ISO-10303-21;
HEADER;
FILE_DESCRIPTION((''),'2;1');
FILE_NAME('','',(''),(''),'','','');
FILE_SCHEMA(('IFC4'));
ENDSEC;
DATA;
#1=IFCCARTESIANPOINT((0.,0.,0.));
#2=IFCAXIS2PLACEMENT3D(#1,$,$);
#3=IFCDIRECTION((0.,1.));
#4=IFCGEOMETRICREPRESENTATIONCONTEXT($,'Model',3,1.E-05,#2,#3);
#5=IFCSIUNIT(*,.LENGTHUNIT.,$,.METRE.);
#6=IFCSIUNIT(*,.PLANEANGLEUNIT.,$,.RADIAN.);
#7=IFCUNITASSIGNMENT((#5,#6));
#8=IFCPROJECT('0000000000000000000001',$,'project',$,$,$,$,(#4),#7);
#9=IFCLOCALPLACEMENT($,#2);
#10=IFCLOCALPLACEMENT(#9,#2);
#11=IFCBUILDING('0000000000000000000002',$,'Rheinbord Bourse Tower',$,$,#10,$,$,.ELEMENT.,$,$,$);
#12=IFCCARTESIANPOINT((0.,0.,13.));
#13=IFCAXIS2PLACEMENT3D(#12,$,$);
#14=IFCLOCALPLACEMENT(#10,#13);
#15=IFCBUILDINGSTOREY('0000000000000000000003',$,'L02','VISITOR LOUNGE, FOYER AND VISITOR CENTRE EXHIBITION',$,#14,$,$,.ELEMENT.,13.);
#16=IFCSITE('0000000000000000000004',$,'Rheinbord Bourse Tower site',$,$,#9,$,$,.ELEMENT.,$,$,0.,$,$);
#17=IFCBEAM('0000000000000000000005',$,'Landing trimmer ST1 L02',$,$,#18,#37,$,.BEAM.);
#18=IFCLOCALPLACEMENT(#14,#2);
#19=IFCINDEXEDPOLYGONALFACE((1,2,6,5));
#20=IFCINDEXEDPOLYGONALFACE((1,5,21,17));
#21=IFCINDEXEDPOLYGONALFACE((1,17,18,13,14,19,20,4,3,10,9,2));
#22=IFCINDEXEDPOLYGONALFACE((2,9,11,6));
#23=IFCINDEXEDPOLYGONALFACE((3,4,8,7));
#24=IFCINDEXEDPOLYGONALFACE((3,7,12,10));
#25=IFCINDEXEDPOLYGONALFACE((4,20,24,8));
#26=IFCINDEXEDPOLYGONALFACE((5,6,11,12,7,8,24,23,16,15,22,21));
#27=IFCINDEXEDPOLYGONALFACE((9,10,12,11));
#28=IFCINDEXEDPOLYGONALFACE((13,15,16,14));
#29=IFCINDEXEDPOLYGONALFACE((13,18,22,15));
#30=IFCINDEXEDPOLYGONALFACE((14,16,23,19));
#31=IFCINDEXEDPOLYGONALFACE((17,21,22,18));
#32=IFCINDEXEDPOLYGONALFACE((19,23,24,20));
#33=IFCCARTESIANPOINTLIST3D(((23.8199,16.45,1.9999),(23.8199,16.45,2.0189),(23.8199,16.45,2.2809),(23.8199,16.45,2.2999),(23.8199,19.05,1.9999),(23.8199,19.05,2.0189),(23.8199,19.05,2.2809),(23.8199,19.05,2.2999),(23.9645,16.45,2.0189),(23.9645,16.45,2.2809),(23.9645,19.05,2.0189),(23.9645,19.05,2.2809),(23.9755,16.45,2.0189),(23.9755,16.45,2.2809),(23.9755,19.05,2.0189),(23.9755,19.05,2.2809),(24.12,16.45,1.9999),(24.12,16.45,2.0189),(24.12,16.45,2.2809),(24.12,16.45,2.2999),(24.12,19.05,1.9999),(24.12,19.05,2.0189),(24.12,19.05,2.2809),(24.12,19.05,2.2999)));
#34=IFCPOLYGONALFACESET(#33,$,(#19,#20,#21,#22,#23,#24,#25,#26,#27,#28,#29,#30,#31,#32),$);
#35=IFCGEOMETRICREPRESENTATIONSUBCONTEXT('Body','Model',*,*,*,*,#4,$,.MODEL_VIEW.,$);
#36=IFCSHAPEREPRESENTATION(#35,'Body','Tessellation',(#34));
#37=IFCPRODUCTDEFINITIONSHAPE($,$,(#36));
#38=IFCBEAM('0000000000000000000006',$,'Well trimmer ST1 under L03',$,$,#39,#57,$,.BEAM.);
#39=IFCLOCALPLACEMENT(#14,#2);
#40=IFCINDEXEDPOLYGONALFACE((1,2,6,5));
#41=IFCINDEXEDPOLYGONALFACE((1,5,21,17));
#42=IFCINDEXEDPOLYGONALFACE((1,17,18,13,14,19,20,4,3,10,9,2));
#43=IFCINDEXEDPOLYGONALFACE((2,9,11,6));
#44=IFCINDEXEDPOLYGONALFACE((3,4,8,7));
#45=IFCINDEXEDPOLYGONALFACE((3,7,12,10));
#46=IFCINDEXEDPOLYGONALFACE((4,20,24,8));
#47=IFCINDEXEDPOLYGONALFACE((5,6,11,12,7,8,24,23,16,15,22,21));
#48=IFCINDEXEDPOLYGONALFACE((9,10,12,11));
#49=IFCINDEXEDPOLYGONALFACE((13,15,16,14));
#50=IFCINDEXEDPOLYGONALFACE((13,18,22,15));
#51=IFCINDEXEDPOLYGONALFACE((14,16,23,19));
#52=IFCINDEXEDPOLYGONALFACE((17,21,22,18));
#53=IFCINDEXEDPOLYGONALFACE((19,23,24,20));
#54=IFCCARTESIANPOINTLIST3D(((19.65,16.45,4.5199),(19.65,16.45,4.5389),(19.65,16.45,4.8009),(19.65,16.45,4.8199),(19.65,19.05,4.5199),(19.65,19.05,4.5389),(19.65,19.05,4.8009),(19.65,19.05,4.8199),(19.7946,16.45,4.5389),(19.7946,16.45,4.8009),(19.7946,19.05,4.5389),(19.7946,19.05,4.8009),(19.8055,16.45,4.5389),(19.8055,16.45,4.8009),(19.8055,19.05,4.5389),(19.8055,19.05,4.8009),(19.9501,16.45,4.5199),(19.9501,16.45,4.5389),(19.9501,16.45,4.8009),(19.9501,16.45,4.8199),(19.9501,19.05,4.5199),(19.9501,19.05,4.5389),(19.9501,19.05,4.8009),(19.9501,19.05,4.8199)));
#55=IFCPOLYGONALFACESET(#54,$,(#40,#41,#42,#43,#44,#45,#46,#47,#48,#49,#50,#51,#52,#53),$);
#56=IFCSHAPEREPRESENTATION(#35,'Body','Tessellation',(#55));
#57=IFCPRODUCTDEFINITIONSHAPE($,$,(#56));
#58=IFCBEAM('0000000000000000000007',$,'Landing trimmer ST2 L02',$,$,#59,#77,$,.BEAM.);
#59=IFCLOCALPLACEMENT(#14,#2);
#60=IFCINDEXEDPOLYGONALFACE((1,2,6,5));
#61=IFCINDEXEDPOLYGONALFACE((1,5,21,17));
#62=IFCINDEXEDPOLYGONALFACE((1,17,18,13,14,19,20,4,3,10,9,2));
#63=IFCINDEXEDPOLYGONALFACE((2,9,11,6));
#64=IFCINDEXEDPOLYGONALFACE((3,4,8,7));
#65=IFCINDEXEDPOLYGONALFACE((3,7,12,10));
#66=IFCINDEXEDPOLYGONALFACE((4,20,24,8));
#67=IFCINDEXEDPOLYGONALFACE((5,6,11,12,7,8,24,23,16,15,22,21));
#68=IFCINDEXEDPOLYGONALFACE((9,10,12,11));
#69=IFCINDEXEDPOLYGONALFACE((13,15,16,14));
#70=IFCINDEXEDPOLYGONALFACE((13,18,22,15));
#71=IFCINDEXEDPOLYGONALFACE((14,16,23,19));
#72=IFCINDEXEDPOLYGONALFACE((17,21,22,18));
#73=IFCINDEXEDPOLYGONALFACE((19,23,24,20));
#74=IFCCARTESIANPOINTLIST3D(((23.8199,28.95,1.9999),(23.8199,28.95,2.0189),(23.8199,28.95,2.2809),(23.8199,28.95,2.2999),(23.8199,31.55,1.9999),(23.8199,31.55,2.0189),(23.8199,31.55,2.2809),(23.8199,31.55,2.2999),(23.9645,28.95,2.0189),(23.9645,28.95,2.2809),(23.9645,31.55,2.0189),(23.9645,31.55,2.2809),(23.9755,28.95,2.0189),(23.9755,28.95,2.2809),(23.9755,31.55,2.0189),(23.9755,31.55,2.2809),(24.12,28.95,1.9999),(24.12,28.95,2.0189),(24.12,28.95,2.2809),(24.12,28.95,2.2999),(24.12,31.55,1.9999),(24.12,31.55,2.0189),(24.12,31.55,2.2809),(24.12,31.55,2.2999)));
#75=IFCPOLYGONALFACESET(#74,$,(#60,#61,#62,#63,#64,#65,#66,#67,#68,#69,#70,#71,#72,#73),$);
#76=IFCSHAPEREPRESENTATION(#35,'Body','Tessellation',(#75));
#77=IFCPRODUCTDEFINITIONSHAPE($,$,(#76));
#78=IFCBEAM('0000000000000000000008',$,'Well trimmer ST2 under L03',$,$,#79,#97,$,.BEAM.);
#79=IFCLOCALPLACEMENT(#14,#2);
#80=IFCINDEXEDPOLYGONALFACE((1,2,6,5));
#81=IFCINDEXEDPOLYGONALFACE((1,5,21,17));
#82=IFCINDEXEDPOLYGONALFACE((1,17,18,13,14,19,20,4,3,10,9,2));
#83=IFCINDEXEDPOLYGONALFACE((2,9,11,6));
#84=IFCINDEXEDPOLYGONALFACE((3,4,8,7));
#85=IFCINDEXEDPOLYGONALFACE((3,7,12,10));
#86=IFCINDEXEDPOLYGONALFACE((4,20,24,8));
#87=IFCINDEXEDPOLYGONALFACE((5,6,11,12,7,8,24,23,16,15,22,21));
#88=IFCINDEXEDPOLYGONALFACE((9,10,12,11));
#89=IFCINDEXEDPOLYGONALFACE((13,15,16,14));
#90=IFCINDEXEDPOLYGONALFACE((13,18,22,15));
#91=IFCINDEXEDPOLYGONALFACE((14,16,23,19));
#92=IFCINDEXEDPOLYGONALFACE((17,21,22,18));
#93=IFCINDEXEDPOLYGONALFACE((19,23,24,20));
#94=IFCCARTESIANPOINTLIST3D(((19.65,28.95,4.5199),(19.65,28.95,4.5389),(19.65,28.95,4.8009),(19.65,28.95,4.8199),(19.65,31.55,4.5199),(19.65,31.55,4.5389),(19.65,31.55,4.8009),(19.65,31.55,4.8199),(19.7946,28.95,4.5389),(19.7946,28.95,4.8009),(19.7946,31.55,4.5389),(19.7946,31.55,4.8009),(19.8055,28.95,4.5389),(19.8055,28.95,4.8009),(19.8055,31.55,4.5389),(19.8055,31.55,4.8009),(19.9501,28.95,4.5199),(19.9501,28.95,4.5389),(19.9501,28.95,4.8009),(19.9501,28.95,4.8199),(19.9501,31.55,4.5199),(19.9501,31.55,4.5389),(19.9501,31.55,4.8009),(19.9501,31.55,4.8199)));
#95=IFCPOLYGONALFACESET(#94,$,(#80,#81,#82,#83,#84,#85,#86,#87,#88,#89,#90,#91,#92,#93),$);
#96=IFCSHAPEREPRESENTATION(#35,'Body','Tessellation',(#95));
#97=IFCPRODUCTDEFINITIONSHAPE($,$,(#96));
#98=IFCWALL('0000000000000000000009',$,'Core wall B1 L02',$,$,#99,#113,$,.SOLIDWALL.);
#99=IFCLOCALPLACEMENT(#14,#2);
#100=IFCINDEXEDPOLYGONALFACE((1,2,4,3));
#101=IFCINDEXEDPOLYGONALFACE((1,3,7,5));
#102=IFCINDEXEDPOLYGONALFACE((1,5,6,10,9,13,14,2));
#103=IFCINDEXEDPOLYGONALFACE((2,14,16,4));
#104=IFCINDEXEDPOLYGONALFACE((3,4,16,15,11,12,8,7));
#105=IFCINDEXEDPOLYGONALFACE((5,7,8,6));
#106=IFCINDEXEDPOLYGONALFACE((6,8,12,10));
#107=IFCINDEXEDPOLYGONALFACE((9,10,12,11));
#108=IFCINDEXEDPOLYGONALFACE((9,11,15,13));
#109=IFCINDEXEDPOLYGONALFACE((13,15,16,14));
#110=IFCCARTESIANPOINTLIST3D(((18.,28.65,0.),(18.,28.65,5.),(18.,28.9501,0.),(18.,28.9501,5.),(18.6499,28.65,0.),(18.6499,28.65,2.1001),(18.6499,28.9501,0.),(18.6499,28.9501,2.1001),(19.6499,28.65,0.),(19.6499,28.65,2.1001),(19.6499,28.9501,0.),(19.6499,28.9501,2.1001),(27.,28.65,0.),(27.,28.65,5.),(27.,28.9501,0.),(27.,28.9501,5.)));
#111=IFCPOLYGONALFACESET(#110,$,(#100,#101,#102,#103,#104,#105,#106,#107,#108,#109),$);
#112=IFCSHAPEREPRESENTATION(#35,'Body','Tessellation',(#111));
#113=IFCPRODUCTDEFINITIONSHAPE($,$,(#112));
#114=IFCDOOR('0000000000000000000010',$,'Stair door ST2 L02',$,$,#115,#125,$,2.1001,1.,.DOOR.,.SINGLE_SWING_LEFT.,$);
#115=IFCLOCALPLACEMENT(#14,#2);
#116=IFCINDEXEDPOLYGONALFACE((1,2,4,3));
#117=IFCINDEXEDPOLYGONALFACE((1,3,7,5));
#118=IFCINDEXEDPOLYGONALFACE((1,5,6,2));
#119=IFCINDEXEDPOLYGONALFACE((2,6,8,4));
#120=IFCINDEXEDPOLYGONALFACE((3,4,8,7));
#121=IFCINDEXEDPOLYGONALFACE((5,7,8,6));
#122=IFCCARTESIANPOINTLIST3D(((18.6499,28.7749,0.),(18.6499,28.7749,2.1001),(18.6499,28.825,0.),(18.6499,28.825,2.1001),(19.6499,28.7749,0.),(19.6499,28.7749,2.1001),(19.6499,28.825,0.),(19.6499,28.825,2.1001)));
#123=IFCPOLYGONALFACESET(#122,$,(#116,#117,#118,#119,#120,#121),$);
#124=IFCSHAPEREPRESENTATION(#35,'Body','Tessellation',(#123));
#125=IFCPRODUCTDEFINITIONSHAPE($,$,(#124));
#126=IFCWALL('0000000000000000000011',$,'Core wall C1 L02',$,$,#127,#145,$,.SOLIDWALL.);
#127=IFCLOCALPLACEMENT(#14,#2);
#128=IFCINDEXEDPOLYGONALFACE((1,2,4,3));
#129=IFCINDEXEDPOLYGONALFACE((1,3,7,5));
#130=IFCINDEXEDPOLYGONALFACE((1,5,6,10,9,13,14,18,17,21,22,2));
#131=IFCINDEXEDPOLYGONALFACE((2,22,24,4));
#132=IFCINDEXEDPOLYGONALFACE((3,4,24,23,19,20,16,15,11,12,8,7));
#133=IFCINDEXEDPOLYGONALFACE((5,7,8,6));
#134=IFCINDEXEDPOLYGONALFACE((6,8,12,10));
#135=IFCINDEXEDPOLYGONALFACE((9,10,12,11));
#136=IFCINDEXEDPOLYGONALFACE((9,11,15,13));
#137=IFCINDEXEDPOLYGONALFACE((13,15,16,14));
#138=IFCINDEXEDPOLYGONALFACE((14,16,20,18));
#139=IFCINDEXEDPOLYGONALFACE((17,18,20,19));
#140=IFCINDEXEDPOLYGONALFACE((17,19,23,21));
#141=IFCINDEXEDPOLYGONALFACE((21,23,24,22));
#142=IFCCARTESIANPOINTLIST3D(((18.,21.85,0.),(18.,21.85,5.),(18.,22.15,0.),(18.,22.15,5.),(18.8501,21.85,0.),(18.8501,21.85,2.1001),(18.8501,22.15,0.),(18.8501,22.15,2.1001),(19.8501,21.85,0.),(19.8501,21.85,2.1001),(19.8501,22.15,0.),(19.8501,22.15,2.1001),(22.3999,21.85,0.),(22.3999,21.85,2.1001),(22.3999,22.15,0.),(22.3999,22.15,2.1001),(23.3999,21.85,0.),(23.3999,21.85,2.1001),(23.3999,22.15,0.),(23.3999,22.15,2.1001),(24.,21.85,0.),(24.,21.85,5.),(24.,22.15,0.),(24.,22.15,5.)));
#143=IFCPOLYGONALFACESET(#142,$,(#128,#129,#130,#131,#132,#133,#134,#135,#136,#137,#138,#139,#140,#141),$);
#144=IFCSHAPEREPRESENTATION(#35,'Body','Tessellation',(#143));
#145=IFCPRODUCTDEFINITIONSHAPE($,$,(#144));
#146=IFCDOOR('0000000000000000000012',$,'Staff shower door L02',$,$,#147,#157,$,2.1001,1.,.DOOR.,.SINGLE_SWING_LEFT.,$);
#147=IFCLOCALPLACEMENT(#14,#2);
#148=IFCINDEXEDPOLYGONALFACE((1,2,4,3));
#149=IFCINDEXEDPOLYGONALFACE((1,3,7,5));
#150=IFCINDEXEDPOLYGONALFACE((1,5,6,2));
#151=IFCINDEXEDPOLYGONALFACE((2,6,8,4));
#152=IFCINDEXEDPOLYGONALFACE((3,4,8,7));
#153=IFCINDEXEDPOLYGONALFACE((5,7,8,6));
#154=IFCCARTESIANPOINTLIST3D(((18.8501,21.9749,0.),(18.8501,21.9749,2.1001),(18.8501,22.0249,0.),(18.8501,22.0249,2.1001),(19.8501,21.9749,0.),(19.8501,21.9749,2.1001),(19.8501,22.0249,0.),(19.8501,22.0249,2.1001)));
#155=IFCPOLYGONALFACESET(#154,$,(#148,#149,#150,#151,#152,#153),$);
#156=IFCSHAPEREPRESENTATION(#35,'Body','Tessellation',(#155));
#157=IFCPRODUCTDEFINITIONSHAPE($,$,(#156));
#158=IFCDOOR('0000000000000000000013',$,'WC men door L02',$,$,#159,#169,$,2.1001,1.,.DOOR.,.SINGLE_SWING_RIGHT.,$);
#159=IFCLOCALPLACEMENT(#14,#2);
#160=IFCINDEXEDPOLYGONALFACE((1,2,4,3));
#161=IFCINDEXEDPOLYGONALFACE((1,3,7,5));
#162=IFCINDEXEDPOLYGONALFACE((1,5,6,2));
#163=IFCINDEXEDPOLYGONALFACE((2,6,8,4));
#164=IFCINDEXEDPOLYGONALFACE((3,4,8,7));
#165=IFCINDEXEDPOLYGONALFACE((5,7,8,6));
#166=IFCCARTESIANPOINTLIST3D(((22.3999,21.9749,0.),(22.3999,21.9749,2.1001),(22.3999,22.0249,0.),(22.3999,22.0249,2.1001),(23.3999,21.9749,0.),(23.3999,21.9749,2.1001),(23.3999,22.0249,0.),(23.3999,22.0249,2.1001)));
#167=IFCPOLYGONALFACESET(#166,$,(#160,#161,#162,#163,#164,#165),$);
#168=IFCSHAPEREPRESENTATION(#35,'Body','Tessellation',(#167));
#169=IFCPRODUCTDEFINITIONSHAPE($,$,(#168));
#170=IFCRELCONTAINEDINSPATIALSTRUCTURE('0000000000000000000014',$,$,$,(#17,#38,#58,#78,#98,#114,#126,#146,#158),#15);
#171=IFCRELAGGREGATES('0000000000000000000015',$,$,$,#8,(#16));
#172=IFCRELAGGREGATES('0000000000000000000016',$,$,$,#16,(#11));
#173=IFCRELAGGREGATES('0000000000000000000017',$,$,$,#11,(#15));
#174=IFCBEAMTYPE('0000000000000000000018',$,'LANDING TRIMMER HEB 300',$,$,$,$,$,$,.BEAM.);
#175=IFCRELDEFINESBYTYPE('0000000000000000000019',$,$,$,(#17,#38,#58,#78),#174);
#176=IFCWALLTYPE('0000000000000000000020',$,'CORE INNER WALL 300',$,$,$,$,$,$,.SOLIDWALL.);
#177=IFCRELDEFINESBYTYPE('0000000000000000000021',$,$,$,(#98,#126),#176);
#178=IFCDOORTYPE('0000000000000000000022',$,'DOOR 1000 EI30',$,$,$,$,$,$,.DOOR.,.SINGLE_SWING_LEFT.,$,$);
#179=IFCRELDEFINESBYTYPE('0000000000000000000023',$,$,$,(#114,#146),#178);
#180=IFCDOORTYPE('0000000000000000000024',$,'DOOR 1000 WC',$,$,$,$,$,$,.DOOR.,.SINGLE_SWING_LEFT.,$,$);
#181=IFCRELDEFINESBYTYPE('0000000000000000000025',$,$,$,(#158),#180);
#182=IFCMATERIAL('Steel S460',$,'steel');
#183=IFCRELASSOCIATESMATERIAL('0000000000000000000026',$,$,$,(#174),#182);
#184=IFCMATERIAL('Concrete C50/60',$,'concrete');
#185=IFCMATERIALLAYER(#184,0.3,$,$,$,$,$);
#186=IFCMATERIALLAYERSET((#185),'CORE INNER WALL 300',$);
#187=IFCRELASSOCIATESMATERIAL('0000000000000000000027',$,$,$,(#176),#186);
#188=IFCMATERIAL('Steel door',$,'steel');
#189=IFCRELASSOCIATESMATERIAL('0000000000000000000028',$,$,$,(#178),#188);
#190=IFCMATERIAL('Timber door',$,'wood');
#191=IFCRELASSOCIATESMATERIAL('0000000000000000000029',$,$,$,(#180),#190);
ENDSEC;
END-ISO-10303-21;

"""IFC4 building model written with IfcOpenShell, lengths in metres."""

from ifc_helpers import new_model, si_unit, direction, frame, frame_2d, origin, origin_2d, place, context, subcontext, project, spatial, rectangle, i_section, extrude, material, layer, layer_set, material_profile, profile_set, type_object, element, fill, save


model = new_model("IFC4")

# Units and contexts
model_context = context("Model", 3, precision=1e-05, world=origin(), true_north=direction((0.0, 1.0)))
body_context = subcontext(model_context, "Body", "Model", "MODEL_VIEW")
ifc_project = project(units=[si_unit("LENGTHUNIT", "METRE"), si_unit("PLANEANGLEUNIT", "RADIAN")], contexts=[model_context])

# Site, building, storey
site_placement = place(None, origin())
site = spatial("IfcSite", under=ifc_project, at=site_placement, Name="Rheinbord Bourse Tower site", CompositionType="ELEMENT", RefElevation=0.0)
building_placement = place(site_placement, origin())
building = spatial("IfcBuilding", under=site, at=building_placement, Name="Rheinbord Bourse Tower", CompositionType="ELEMENT")
storey_placement = place(building_placement, frame((0.0, 0.0, 13.0)))
storey = spatial("IfcBuildingStorey", under=building, at=storey_placement, Name="L02", Description="VISITOR LOUNGE, FOYER AND VISITOR CENTRE EXHIBITION", CompositionType="ELEMENT", Elevation=13.0)

# Beams
ifc_material_1 = material(Name="Steel S460", Category="steel")
ifc_material_profile = material_profile(ifc_material_1, i_section(OverallWidth=0.3, OverallDepth=0.3, WebThickness=0.011, FlangeThickness=0.019, at=origin_2d()), Name="HEB 300")
ifc_profile_set = profile_set([ifc_material_profile], Name="Steel S460")
beam_type = type_object("IfcBeamType", Name="LANDING TRIMMER HEB 300", PredefinedType="BEAM", material=ifc_profile_set)
for number, where, z_axis, x_axis, name in (
    (1, (23.97, 16.45, 2.1499), (0.0, 1.0, 0.0), (-1.0, 0.0, 0.0), "Landing trimmer ST1 L02"),
    (2, (19.8, 16.45, 4.6699), (0.0, 1.0, 0.0), (-1.0, 0.0, 0.0), "Well trimmer ST1 under L03"),
    (3, (23.97, 28.95, 2.1499), (0.0, 1.0, 0.0), (-1.0, 0.0, 0.0), "Landing trimmer ST2 L02"),
    (4, (19.8, 28.95, 4.6699), (0.0, 1.0, 0.0), (-1.0, 0.0, 0.0), "Well trimmer ST2 under L03"),
):
    element("IfcBeam", number, at=place(storey_placement, frame(where, z_axis=z_axis, x_axis=x_axis)), inside=storey, type_object=beam_type, Name=name, PredefinedType="BEAM", context=body_context, shape_type="SweptSolid", body=[
        extrude(i_section(OverallWidth=0.3, OverallDepth=0.3, WebThickness=0.011, FlangeThickness=0.019, at=origin_2d()), origin(), (0.0, 0.0, 1.0), 2.6001),
    ])

# Wall, opening, door
ifc_material_2 = material(Name="Concrete C50/60", Category="concrete")
ifc_layer_1 = layer(ifc_material_2, 0.3)
ifc_layer_set_1 = layer_set([ifc_layer_1], Name="CORE INNER WALL 300")
wall_type_1 = type_object("IfcWallType", Name="CORE INNER WALL 300", PredefinedType="SOLIDWALL", material=ifc_layer_set_1)
wall_1_placement = place(storey_placement, frame((18.0, 28.8, 0.0), z_axis=(0.0, 0.0, 1.0), x_axis=(1.0, 0.0, 0.0)))
wall_1 = element("IfcWall", 5, at=wall_1_placement, inside=storey, type_object=wall_type_1, Name="Core wall B1 L02", PredefinedType="SOLIDWALL", context=body_context, shape_type="SweptSolid", body=[
    extrude(rectangle(XDim=9.0, YDim=0.3, at=frame_2d((4.5, 0.0))), origin(), (0.0, 0.0, 1.0), 5.0),
])
opening_1_placement = place(wall_1_placement, frame((0.6499, 0.0, 0.0)))
opening_1 = element("IfcOpeningElement", 6, at=opening_1_placement, cuts=wall_1, PredefinedType="OPENING", context=body_context, shape_type="SweptSolid", body=[
    extrude(rectangle(XDim=1.0, YDim=2.1001, at=frame_2d((0.5, 1.05))), frame((0.0, 0.1599, 0.0), z_axis=(0.0, -1.0, 0.0), x_axis=(1.0, 0.0, 0.0)), (0.0, 0.0, 1.0), 0.3201),
])
ifc_material_3 = material(Name="Steel door", Category="steel")
door_type_1 = type_object("IfcDoorType", Name="DOOR 1000 EI30", OperationType="SINGLE_SWING_LEFT", PredefinedType="DOOR", material=ifc_material_3)
door_1_placement = place(opening_1_placement, origin())
door_1 = element("IfcDoor", 7, at=door_1_placement, inside=storey, type_object=door_type_1, Name="Stair door ST2 L02", OperationType="SINGLE_SWING_LEFT", OverallHeight=2.1001, OverallWidth=1.0, PredefinedType="DOOR", context=body_context, shape_type="SweptSolid", body=[
    extrude(rectangle(XDim=1.0, YDim=2.1001, at=frame_2d((0.5, 1.05))), frame((0.0, 0.0249, 0.0), z_axis=(0.0, -1.0, 0.0), x_axis=(1.0, 0.0, 0.0)), (0.0, 0.0, 1.0), 0.05),
])
fill(opening_1, door_1)

# Wall, openings, doors
wall_2_placement = place(storey_placement, frame((18.0, 22.0, 0.0), z_axis=(0.0, 0.0, 1.0), x_axis=(1.0, 0.0, 0.0)))
wall_2 = element("IfcWall", 8, at=wall_2_placement, inside=storey, type_object=wall_type_1, Name="Core wall C1 L02", PredefinedType="SOLIDWALL", context=body_context, shape_type="SweptSolid", body=[
    extrude(rectangle(XDim=6.0, YDim=0.3, at=frame_2d((3.0, 0.0))), origin(), (0.0, 0.0, 1.0), 5.0),
])
opening_2_placement = place(wall_2_placement, frame((4.3999, 0.0, 0.0)))
opening_2 = element("IfcOpeningElement", 9, at=opening_2_placement, cuts=wall_2, PredefinedType="OPENING", context=body_context, shape_type="SweptSolid", body=[
    extrude(rectangle(XDim=1.0, YDim=2.1001, at=frame_2d((0.5, 1.05))), frame((0.0, 0.1599, 0.0), z_axis=(0.0, -1.0, 0.0), x_axis=(1.0, 0.0, 0.0)), (0.0, 0.0, 1.0), 0.3201),
])
opening_3_placement = place(wall_2_placement, frame((0.8501, 0.0, 0.0)))
opening_3 = element("IfcOpeningElement", 10, at=opening_3_placement, cuts=wall_2, PredefinedType="OPENING", context=body_context, shape_type="SweptSolid", body=[
    extrude(rectangle(XDim=1.0, YDim=2.1001, at=frame_2d((0.5, 1.05))), frame((0.0, 0.1599, 0.0), z_axis=(0.0, -1.0, 0.0), x_axis=(1.0, 0.0, 0.0)), (0.0, 0.0, 1.0), 0.3201),
])
door_2_placement = place(opening_3_placement, origin())
door_2 = element("IfcDoor", 11, at=door_2_placement, inside=storey, type_object=door_type_1, Name="Staff shower door L02", OperationType="SINGLE_SWING_LEFT", OverallHeight=2.1001, OverallWidth=1.0, PredefinedType="DOOR", context=body_context, shape_type="SweptSolid", body=[
    extrude(rectangle(XDim=1.0, YDim=2.1001, at=frame_2d((0.5, 1.05))), frame((0.0, 0.0249, 0.0), z_axis=(0.0, -1.0, 0.0), x_axis=(1.0, 0.0, 0.0)), (0.0, 0.0, 1.0), 0.05),
])
fill(opening_3, door_2)
ifc_material_4 = material(Name="Timber door", Category="wood")
door_type_2 = type_object("IfcDoorType", Name="DOOR 1000 WC", OperationType="SINGLE_SWING_LEFT", PredefinedType="DOOR", material=ifc_material_4)
door_3_placement = place(opening_2_placement, origin())
door_3 = element("IfcDoor", 12, at=door_3_placement, inside=storey, type_object=door_type_2, Name="WC men door L02", OperationType="SINGLE_SWING_RIGHT", OverallHeight=2.1001, OverallWidth=1.0, PredefinedType="DOOR", context=body_context, shape_type="SweptSolid", body=[
    extrude(rectangle(XDim=1.0, YDim=2.1001, at=frame_2d((0.5, 1.05))), frame((0.0, 0.0249, 0.0), z_axis=(0.0, -1.0, 0.0), x_axis=(1.0, 0.0, 0.0)), (0.0, 0.0, 1.0), 0.05),
])
fill(opening_2, door_3)

save(model, "model.ifc")
